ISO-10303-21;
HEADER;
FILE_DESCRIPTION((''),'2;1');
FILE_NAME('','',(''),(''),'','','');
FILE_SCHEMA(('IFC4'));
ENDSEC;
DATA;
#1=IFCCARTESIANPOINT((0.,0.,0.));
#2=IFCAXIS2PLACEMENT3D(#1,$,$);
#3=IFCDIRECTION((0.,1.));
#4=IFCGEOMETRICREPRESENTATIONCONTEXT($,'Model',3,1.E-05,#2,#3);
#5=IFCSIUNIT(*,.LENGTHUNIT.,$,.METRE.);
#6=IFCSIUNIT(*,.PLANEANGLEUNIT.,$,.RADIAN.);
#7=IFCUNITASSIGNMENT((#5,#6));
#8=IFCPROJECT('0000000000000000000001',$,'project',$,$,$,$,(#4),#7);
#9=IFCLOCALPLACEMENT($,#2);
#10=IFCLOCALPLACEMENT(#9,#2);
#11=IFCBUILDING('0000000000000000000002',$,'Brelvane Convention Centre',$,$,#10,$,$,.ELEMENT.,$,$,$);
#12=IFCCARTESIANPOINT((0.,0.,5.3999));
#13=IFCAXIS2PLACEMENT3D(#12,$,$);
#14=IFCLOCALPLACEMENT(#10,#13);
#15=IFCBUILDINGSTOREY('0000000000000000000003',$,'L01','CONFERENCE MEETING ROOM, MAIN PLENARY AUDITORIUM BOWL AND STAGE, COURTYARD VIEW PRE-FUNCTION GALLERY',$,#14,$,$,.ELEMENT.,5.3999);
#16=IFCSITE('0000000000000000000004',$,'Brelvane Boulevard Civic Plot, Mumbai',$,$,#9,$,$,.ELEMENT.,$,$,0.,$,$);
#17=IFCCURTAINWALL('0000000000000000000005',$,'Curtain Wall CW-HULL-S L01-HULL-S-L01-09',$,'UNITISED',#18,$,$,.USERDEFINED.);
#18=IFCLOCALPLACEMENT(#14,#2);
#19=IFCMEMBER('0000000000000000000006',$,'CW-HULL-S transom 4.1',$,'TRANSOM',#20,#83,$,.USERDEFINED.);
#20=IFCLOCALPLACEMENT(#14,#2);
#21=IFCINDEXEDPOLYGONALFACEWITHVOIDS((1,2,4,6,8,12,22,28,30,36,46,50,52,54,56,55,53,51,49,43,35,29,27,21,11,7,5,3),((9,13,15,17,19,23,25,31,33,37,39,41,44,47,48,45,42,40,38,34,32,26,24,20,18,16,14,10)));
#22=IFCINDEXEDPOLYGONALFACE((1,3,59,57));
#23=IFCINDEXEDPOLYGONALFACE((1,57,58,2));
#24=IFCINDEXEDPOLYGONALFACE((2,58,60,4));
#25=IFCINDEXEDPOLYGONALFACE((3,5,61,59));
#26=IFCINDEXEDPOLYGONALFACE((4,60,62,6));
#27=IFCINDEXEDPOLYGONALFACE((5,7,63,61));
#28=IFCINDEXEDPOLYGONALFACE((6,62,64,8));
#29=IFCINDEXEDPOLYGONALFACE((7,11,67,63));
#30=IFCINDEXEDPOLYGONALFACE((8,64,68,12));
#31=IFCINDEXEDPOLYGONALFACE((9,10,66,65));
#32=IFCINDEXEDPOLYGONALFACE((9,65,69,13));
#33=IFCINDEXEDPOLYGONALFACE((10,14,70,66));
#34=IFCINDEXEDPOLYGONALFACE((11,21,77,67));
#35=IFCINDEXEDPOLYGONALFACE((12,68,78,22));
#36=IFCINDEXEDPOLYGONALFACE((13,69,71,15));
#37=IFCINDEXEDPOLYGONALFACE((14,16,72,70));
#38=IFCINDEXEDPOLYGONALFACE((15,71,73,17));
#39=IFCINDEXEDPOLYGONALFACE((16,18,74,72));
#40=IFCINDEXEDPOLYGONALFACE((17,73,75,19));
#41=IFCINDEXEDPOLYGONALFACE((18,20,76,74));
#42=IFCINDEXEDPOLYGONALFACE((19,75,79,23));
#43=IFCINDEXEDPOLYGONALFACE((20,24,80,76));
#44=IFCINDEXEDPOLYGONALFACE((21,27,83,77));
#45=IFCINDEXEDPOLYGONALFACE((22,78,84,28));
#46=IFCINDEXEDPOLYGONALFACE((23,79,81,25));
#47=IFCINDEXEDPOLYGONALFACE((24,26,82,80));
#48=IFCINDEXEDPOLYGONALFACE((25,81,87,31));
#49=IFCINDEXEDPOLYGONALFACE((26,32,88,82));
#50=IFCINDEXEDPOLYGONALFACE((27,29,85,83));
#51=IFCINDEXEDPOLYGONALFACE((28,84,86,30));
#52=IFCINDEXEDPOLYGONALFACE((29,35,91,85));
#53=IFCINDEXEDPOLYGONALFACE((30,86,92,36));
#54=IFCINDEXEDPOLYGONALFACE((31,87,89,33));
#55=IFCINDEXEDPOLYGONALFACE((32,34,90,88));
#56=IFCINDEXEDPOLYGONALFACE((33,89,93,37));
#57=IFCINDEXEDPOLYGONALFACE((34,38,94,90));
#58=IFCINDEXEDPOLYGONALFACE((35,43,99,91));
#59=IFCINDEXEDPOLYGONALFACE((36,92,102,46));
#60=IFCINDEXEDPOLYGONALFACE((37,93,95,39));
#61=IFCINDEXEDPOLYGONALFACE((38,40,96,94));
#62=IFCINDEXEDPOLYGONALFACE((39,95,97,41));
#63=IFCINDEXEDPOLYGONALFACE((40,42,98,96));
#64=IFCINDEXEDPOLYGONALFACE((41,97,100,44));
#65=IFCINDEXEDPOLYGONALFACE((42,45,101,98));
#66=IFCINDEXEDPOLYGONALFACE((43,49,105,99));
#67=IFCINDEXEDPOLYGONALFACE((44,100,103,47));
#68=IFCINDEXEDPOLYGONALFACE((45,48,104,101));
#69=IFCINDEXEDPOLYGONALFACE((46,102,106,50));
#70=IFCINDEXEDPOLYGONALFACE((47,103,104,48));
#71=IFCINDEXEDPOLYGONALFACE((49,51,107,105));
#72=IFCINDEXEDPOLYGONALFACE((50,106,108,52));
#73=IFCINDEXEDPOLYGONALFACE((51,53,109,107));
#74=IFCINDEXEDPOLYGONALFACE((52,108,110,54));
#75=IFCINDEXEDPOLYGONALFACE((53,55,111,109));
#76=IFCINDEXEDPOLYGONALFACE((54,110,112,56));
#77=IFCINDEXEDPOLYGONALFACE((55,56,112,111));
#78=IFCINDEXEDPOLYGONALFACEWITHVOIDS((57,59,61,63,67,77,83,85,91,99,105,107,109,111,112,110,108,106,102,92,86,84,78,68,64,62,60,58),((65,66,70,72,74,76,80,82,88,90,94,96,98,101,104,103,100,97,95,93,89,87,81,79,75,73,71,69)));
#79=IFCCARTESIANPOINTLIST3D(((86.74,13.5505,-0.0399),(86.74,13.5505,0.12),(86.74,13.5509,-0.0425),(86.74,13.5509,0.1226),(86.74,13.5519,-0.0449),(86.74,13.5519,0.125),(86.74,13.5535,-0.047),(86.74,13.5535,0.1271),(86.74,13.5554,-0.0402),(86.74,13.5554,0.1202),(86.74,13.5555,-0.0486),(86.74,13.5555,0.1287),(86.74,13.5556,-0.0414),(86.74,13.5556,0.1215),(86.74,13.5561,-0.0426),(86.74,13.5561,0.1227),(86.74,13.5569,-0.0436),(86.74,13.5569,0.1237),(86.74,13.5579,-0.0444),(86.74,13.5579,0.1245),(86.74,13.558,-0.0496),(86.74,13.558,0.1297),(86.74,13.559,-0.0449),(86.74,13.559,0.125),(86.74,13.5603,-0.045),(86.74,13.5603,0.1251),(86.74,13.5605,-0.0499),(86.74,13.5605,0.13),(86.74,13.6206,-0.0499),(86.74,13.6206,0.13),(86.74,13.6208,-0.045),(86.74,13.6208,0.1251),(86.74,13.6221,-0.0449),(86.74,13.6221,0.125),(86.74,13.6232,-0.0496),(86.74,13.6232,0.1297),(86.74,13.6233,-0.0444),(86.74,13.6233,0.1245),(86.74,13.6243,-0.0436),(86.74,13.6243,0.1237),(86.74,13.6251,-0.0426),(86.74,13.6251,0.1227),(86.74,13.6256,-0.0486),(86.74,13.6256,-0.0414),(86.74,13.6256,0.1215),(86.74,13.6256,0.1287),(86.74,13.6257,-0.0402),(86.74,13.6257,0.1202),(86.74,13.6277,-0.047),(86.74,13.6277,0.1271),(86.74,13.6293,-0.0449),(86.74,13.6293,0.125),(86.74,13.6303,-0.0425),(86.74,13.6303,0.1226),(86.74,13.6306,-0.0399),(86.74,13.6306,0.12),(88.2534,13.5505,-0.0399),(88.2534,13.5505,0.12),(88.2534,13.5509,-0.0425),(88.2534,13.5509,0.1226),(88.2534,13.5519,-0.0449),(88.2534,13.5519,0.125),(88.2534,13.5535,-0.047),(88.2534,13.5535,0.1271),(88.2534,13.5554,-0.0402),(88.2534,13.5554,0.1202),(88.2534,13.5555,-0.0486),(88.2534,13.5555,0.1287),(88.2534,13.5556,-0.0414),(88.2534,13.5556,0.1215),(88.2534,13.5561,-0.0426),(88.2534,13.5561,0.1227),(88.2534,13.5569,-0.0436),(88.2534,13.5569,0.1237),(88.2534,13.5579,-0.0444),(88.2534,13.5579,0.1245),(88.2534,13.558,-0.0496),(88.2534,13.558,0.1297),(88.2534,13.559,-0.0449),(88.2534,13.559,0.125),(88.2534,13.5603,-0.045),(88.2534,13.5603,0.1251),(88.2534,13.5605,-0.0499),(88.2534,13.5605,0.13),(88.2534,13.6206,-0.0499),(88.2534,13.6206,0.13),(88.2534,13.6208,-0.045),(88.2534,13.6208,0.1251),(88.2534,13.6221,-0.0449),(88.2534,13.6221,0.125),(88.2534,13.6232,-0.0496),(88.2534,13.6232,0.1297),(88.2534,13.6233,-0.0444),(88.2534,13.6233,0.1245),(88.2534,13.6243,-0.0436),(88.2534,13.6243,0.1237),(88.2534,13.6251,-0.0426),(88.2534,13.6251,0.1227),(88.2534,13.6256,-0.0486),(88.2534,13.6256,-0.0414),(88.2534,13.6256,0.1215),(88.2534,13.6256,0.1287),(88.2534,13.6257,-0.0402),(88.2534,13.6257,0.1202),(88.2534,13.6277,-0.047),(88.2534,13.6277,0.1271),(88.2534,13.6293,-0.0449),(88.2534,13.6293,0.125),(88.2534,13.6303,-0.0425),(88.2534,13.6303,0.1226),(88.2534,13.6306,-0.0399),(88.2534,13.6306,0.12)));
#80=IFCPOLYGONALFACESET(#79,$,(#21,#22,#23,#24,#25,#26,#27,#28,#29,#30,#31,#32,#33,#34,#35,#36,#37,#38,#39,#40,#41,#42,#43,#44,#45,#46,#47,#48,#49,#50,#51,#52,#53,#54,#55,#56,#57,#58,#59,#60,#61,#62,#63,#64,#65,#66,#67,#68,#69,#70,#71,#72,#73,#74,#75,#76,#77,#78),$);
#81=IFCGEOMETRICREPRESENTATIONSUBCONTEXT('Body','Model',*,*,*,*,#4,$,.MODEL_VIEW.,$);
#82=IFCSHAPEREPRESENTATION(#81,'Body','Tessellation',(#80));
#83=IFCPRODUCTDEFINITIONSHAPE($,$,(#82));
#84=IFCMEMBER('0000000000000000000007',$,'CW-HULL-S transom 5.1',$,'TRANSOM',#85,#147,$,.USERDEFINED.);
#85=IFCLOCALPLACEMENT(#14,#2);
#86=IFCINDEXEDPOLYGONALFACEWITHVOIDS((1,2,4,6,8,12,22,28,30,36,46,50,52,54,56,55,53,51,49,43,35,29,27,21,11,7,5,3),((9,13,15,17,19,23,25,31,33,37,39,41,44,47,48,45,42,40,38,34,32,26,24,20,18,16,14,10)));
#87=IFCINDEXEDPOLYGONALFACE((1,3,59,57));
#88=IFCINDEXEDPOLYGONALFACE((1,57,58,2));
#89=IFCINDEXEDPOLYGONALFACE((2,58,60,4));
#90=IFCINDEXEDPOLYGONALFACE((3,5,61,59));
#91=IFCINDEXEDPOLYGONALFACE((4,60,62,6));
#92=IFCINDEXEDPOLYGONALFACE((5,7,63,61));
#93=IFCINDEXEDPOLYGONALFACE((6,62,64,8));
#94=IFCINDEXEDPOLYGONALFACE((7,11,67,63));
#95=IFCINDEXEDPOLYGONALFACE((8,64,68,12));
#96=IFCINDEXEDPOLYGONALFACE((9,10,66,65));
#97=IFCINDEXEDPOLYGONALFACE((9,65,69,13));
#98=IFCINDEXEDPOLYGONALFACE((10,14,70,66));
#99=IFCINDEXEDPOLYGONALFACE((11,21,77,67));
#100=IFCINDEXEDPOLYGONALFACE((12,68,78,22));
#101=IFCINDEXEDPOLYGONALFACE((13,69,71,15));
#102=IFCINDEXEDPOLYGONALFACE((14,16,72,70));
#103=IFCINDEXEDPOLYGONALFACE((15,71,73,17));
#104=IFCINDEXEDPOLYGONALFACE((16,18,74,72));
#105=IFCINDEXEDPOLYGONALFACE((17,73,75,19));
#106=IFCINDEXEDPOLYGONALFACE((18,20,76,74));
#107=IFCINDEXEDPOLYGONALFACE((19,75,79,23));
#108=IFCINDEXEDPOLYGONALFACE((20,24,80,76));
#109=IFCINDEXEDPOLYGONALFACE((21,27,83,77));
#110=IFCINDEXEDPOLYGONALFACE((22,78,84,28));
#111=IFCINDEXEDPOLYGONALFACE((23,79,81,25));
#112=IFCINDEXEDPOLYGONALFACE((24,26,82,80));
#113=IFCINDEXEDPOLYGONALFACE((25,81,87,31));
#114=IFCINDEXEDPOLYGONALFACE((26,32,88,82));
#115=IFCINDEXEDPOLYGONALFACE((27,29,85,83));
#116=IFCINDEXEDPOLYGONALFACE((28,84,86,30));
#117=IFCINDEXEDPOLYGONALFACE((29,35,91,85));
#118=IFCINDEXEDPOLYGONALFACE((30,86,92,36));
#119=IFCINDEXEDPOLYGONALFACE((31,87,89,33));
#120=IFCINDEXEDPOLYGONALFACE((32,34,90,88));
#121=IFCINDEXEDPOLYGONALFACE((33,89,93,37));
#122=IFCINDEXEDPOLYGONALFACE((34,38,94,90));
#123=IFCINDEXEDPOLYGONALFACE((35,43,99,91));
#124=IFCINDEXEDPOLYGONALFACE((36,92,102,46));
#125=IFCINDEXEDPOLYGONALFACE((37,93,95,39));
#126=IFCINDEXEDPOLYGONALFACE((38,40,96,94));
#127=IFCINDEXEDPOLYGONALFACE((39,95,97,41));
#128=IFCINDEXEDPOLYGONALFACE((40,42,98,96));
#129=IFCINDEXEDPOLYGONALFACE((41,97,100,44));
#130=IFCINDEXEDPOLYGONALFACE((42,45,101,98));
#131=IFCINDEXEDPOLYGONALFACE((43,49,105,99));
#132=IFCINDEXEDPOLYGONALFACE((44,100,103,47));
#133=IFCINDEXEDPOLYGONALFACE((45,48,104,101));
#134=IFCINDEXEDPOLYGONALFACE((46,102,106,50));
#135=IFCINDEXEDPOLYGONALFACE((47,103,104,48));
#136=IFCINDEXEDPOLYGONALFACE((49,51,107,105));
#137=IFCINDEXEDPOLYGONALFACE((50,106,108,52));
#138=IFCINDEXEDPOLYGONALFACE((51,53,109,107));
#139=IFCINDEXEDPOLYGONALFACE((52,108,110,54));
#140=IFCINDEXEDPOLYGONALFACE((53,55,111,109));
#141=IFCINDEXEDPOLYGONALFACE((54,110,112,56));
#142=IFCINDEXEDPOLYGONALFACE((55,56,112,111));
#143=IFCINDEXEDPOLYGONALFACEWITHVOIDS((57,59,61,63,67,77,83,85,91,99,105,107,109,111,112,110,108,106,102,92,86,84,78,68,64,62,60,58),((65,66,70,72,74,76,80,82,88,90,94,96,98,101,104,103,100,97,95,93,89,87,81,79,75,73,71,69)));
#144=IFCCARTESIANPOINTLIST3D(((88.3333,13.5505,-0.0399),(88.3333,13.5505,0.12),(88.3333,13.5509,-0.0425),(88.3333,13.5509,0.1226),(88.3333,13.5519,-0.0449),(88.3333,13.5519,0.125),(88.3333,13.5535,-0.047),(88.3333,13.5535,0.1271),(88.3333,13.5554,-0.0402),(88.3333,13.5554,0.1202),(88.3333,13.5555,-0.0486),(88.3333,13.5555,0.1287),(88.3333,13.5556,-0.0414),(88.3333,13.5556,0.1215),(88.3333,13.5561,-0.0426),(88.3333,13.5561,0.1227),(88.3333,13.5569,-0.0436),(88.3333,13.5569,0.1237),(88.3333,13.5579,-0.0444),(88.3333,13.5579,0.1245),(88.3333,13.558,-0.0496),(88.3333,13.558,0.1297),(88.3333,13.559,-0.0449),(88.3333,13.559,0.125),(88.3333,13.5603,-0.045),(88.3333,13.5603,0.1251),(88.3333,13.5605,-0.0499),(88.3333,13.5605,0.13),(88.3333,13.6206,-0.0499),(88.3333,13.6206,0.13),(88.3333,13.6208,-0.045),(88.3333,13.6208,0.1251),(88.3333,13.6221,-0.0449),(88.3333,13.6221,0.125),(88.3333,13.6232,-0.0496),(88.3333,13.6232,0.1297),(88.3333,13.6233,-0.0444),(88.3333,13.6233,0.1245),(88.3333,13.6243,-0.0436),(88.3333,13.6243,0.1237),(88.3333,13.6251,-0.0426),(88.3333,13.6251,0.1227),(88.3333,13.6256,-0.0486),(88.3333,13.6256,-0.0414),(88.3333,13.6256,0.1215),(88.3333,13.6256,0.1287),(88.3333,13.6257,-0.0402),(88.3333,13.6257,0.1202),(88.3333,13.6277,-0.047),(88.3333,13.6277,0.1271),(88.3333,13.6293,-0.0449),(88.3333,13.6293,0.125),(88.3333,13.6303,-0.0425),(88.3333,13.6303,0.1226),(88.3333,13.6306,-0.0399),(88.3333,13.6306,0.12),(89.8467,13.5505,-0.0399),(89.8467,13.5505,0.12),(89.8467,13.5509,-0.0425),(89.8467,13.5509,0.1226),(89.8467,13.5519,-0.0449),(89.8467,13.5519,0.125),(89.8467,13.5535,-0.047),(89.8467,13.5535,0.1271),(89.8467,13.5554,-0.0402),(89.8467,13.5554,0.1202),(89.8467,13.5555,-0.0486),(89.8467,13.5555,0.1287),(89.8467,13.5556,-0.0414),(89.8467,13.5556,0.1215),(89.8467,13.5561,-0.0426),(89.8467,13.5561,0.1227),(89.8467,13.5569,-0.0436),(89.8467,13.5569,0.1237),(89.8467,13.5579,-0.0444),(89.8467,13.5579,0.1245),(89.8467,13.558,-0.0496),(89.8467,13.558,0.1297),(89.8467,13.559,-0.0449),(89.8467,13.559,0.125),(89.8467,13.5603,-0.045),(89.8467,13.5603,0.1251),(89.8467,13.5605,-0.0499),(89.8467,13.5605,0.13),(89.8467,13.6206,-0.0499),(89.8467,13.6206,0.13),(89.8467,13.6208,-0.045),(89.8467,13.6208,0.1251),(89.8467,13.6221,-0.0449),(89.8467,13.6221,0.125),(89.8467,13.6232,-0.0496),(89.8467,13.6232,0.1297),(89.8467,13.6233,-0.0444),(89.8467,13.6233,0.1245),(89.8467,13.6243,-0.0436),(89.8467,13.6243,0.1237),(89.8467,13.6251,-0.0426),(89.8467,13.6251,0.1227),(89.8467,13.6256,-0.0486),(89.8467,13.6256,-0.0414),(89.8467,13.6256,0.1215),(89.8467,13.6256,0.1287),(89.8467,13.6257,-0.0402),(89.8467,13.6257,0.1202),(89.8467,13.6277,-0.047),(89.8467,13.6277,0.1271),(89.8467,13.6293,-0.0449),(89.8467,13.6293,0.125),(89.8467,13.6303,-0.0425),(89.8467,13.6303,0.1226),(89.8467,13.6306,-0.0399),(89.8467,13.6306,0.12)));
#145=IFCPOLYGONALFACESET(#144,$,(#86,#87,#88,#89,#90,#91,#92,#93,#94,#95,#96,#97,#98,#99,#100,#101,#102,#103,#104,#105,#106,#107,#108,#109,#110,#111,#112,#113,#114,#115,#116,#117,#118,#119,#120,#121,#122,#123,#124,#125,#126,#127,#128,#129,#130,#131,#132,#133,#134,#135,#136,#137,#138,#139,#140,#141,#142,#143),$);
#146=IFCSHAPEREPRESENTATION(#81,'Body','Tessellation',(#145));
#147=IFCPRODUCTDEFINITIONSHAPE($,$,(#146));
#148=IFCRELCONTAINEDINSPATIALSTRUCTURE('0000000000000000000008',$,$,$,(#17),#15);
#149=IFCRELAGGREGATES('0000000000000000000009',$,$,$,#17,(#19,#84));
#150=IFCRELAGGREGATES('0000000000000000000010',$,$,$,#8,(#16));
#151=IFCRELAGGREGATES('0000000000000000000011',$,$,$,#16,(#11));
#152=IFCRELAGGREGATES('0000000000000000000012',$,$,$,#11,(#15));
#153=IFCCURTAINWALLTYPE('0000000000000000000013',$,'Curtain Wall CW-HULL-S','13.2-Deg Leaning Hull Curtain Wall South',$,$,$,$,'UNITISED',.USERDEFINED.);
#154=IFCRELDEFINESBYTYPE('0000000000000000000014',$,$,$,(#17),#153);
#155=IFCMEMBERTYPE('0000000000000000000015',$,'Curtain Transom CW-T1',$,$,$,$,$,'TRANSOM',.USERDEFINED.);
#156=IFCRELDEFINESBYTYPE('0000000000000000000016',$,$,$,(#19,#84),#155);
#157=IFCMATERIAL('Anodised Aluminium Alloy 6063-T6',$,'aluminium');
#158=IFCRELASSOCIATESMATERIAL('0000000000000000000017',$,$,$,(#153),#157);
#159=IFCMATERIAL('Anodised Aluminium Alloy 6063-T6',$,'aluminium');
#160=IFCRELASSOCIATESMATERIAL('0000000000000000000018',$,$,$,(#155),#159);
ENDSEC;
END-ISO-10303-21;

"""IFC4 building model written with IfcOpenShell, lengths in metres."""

from ifc_helpers import new_model, si_unit, direction, frame, origin, origin_2d, place, context, subcontext, project, spatial, hollow_rectangle, extrude, material, material_profile, profile_set, type_object, element, aggregate, save


model = new_model("IFC4")

# Units and contexts
model_context = context("Model", 3, precision=1e-05, world=origin(), true_north=direction((0.0, 1.0)))
body_context = subcontext(model_context, "Body", "Model", "MODEL_VIEW")
ifc_project = project(units=[si_unit("LENGTHUNIT", "METRE"), si_unit("PLANEANGLEUNIT", "RADIAN")], contexts=[model_context])

# Site, building, storey
site_placement = place(None, origin())
site = spatial("IfcSite", under=ifc_project, at=site_placement, Name="Brelvane Boulevard Civic Plot, Mumbai", CompositionType="ELEMENT", RefElevation=0.0)
building_placement = place(site_placement, origin())
building = spatial("IfcBuilding", under=site, at=building_placement, Name="Brelvane Convention Centre", CompositionType="ELEMENT")
storey_placement = place(building_placement, frame((0.0, 0.0, 5.3999)))
storey = spatial("IfcBuildingStorey", under=building, at=storey_placement, Name="L01", Description="CONFERENCE MEETING ROOM, MAIN PLENARY AUDITORIUM BOWL AND STAGE, COURTYARD VIEW PRE-FUNCTION GALLERY", CompositionType="ELEMENT", Elevation=5.3999)

# Curtain wall
ifc_material_1 = material(Name="Anodised Aluminium Alloy 6063-T6", Category="aluminium")
curtain_wall_type = type_object("IfcCurtainWallType", Name="Curtain Wall CW-HULL-S", Description="13.2-Deg Leaning Hull Curtain Wall South", ElementType="UNITISED", PredefinedType="USERDEFINED", material=ifc_material_1)
curtain_wall_1_placement = place(storey_placement, origin())
curtain_wall_1 = element("IfcCurtainWall", 1, at=curtain_wall_1_placement, inside=storey, type_object=curtain_wall_type, Name="Curtain Wall CW-HULL-S L01-HULL-S-L01-09", ObjectType="UNITISED", PredefinedType="USERDEFINED")

# Members
ifc_material_2 = material(Name="Anodised Aluminium Alloy 6063-T6", Category="aluminium")
ifc_material_profile_1 = material_profile(ifc_material_2, hollow_rectangle(XDim=0.0801, YDim=0.1799, WallThickness=0.0049, InnerFilletRadius=0.0049, OuterFilletRadius=0.01, at=origin_2d()), Name="ALU-T 180x80x5.0")
ifc_profile_set_1 = profile_set([ifc_material_profile_1], Name="Anodised Aluminium Alloy 6063-T6")
member_type_1 = type_object("IfcMemberType", Name="Curtain Transom CW-T1", ElementType="TRANSOM", PredefinedType="USERDEFINED", material=ifc_profile_set_1)
member_1_placement = place(storey_placement, frame((86.74, 13.5906, 0.04), z_axis=(1.0, 0.0, 0.0), x_axis=(0.0, 1.0, 0.0)))
member_1 = element("IfcMember", 2, at=member_1_placement, type_object=member_type_1, Name="CW-HULL-S transom 4.1", ObjectType="TRANSOM", PredefinedType="USERDEFINED", context=body_context, shape_type="SweptSolid", body=[
    extrude(hollow_rectangle(XDim=0.0801, YDim=0.1799, WallThickness=0.0049, InnerFilletRadius=0.0049, OuterFilletRadius=0.01, at=origin_2d()), origin(), (0.0, 0.0, 1.0), 1.5134),
])
member_2_placement = place(storey_placement, frame((88.3333, 13.5906, 0.04), z_axis=(1.0, 0.0, 0.0), x_axis=(0.0, 1.0, 0.0)))
member_2 = element("IfcMember", 3, at=member_2_placement, type_object=member_type_1, Name="CW-HULL-S transom 5.1", ObjectType="TRANSOM", PredefinedType="USERDEFINED", context=body_context, shape_type="SweptSolid", body=[
    extrude(hollow_rectangle(XDim=0.0801, YDim=0.1799, WallThickness=0.0049, InnerFilletRadius=0.0049, OuterFilletRadius=0.01, at=origin_2d()), origin(), (0.0, 0.0, 1.0), 1.5134),
])
aggregate(curtain_wall_1, [member_1, member_2])

save(model, "model.ifc")
